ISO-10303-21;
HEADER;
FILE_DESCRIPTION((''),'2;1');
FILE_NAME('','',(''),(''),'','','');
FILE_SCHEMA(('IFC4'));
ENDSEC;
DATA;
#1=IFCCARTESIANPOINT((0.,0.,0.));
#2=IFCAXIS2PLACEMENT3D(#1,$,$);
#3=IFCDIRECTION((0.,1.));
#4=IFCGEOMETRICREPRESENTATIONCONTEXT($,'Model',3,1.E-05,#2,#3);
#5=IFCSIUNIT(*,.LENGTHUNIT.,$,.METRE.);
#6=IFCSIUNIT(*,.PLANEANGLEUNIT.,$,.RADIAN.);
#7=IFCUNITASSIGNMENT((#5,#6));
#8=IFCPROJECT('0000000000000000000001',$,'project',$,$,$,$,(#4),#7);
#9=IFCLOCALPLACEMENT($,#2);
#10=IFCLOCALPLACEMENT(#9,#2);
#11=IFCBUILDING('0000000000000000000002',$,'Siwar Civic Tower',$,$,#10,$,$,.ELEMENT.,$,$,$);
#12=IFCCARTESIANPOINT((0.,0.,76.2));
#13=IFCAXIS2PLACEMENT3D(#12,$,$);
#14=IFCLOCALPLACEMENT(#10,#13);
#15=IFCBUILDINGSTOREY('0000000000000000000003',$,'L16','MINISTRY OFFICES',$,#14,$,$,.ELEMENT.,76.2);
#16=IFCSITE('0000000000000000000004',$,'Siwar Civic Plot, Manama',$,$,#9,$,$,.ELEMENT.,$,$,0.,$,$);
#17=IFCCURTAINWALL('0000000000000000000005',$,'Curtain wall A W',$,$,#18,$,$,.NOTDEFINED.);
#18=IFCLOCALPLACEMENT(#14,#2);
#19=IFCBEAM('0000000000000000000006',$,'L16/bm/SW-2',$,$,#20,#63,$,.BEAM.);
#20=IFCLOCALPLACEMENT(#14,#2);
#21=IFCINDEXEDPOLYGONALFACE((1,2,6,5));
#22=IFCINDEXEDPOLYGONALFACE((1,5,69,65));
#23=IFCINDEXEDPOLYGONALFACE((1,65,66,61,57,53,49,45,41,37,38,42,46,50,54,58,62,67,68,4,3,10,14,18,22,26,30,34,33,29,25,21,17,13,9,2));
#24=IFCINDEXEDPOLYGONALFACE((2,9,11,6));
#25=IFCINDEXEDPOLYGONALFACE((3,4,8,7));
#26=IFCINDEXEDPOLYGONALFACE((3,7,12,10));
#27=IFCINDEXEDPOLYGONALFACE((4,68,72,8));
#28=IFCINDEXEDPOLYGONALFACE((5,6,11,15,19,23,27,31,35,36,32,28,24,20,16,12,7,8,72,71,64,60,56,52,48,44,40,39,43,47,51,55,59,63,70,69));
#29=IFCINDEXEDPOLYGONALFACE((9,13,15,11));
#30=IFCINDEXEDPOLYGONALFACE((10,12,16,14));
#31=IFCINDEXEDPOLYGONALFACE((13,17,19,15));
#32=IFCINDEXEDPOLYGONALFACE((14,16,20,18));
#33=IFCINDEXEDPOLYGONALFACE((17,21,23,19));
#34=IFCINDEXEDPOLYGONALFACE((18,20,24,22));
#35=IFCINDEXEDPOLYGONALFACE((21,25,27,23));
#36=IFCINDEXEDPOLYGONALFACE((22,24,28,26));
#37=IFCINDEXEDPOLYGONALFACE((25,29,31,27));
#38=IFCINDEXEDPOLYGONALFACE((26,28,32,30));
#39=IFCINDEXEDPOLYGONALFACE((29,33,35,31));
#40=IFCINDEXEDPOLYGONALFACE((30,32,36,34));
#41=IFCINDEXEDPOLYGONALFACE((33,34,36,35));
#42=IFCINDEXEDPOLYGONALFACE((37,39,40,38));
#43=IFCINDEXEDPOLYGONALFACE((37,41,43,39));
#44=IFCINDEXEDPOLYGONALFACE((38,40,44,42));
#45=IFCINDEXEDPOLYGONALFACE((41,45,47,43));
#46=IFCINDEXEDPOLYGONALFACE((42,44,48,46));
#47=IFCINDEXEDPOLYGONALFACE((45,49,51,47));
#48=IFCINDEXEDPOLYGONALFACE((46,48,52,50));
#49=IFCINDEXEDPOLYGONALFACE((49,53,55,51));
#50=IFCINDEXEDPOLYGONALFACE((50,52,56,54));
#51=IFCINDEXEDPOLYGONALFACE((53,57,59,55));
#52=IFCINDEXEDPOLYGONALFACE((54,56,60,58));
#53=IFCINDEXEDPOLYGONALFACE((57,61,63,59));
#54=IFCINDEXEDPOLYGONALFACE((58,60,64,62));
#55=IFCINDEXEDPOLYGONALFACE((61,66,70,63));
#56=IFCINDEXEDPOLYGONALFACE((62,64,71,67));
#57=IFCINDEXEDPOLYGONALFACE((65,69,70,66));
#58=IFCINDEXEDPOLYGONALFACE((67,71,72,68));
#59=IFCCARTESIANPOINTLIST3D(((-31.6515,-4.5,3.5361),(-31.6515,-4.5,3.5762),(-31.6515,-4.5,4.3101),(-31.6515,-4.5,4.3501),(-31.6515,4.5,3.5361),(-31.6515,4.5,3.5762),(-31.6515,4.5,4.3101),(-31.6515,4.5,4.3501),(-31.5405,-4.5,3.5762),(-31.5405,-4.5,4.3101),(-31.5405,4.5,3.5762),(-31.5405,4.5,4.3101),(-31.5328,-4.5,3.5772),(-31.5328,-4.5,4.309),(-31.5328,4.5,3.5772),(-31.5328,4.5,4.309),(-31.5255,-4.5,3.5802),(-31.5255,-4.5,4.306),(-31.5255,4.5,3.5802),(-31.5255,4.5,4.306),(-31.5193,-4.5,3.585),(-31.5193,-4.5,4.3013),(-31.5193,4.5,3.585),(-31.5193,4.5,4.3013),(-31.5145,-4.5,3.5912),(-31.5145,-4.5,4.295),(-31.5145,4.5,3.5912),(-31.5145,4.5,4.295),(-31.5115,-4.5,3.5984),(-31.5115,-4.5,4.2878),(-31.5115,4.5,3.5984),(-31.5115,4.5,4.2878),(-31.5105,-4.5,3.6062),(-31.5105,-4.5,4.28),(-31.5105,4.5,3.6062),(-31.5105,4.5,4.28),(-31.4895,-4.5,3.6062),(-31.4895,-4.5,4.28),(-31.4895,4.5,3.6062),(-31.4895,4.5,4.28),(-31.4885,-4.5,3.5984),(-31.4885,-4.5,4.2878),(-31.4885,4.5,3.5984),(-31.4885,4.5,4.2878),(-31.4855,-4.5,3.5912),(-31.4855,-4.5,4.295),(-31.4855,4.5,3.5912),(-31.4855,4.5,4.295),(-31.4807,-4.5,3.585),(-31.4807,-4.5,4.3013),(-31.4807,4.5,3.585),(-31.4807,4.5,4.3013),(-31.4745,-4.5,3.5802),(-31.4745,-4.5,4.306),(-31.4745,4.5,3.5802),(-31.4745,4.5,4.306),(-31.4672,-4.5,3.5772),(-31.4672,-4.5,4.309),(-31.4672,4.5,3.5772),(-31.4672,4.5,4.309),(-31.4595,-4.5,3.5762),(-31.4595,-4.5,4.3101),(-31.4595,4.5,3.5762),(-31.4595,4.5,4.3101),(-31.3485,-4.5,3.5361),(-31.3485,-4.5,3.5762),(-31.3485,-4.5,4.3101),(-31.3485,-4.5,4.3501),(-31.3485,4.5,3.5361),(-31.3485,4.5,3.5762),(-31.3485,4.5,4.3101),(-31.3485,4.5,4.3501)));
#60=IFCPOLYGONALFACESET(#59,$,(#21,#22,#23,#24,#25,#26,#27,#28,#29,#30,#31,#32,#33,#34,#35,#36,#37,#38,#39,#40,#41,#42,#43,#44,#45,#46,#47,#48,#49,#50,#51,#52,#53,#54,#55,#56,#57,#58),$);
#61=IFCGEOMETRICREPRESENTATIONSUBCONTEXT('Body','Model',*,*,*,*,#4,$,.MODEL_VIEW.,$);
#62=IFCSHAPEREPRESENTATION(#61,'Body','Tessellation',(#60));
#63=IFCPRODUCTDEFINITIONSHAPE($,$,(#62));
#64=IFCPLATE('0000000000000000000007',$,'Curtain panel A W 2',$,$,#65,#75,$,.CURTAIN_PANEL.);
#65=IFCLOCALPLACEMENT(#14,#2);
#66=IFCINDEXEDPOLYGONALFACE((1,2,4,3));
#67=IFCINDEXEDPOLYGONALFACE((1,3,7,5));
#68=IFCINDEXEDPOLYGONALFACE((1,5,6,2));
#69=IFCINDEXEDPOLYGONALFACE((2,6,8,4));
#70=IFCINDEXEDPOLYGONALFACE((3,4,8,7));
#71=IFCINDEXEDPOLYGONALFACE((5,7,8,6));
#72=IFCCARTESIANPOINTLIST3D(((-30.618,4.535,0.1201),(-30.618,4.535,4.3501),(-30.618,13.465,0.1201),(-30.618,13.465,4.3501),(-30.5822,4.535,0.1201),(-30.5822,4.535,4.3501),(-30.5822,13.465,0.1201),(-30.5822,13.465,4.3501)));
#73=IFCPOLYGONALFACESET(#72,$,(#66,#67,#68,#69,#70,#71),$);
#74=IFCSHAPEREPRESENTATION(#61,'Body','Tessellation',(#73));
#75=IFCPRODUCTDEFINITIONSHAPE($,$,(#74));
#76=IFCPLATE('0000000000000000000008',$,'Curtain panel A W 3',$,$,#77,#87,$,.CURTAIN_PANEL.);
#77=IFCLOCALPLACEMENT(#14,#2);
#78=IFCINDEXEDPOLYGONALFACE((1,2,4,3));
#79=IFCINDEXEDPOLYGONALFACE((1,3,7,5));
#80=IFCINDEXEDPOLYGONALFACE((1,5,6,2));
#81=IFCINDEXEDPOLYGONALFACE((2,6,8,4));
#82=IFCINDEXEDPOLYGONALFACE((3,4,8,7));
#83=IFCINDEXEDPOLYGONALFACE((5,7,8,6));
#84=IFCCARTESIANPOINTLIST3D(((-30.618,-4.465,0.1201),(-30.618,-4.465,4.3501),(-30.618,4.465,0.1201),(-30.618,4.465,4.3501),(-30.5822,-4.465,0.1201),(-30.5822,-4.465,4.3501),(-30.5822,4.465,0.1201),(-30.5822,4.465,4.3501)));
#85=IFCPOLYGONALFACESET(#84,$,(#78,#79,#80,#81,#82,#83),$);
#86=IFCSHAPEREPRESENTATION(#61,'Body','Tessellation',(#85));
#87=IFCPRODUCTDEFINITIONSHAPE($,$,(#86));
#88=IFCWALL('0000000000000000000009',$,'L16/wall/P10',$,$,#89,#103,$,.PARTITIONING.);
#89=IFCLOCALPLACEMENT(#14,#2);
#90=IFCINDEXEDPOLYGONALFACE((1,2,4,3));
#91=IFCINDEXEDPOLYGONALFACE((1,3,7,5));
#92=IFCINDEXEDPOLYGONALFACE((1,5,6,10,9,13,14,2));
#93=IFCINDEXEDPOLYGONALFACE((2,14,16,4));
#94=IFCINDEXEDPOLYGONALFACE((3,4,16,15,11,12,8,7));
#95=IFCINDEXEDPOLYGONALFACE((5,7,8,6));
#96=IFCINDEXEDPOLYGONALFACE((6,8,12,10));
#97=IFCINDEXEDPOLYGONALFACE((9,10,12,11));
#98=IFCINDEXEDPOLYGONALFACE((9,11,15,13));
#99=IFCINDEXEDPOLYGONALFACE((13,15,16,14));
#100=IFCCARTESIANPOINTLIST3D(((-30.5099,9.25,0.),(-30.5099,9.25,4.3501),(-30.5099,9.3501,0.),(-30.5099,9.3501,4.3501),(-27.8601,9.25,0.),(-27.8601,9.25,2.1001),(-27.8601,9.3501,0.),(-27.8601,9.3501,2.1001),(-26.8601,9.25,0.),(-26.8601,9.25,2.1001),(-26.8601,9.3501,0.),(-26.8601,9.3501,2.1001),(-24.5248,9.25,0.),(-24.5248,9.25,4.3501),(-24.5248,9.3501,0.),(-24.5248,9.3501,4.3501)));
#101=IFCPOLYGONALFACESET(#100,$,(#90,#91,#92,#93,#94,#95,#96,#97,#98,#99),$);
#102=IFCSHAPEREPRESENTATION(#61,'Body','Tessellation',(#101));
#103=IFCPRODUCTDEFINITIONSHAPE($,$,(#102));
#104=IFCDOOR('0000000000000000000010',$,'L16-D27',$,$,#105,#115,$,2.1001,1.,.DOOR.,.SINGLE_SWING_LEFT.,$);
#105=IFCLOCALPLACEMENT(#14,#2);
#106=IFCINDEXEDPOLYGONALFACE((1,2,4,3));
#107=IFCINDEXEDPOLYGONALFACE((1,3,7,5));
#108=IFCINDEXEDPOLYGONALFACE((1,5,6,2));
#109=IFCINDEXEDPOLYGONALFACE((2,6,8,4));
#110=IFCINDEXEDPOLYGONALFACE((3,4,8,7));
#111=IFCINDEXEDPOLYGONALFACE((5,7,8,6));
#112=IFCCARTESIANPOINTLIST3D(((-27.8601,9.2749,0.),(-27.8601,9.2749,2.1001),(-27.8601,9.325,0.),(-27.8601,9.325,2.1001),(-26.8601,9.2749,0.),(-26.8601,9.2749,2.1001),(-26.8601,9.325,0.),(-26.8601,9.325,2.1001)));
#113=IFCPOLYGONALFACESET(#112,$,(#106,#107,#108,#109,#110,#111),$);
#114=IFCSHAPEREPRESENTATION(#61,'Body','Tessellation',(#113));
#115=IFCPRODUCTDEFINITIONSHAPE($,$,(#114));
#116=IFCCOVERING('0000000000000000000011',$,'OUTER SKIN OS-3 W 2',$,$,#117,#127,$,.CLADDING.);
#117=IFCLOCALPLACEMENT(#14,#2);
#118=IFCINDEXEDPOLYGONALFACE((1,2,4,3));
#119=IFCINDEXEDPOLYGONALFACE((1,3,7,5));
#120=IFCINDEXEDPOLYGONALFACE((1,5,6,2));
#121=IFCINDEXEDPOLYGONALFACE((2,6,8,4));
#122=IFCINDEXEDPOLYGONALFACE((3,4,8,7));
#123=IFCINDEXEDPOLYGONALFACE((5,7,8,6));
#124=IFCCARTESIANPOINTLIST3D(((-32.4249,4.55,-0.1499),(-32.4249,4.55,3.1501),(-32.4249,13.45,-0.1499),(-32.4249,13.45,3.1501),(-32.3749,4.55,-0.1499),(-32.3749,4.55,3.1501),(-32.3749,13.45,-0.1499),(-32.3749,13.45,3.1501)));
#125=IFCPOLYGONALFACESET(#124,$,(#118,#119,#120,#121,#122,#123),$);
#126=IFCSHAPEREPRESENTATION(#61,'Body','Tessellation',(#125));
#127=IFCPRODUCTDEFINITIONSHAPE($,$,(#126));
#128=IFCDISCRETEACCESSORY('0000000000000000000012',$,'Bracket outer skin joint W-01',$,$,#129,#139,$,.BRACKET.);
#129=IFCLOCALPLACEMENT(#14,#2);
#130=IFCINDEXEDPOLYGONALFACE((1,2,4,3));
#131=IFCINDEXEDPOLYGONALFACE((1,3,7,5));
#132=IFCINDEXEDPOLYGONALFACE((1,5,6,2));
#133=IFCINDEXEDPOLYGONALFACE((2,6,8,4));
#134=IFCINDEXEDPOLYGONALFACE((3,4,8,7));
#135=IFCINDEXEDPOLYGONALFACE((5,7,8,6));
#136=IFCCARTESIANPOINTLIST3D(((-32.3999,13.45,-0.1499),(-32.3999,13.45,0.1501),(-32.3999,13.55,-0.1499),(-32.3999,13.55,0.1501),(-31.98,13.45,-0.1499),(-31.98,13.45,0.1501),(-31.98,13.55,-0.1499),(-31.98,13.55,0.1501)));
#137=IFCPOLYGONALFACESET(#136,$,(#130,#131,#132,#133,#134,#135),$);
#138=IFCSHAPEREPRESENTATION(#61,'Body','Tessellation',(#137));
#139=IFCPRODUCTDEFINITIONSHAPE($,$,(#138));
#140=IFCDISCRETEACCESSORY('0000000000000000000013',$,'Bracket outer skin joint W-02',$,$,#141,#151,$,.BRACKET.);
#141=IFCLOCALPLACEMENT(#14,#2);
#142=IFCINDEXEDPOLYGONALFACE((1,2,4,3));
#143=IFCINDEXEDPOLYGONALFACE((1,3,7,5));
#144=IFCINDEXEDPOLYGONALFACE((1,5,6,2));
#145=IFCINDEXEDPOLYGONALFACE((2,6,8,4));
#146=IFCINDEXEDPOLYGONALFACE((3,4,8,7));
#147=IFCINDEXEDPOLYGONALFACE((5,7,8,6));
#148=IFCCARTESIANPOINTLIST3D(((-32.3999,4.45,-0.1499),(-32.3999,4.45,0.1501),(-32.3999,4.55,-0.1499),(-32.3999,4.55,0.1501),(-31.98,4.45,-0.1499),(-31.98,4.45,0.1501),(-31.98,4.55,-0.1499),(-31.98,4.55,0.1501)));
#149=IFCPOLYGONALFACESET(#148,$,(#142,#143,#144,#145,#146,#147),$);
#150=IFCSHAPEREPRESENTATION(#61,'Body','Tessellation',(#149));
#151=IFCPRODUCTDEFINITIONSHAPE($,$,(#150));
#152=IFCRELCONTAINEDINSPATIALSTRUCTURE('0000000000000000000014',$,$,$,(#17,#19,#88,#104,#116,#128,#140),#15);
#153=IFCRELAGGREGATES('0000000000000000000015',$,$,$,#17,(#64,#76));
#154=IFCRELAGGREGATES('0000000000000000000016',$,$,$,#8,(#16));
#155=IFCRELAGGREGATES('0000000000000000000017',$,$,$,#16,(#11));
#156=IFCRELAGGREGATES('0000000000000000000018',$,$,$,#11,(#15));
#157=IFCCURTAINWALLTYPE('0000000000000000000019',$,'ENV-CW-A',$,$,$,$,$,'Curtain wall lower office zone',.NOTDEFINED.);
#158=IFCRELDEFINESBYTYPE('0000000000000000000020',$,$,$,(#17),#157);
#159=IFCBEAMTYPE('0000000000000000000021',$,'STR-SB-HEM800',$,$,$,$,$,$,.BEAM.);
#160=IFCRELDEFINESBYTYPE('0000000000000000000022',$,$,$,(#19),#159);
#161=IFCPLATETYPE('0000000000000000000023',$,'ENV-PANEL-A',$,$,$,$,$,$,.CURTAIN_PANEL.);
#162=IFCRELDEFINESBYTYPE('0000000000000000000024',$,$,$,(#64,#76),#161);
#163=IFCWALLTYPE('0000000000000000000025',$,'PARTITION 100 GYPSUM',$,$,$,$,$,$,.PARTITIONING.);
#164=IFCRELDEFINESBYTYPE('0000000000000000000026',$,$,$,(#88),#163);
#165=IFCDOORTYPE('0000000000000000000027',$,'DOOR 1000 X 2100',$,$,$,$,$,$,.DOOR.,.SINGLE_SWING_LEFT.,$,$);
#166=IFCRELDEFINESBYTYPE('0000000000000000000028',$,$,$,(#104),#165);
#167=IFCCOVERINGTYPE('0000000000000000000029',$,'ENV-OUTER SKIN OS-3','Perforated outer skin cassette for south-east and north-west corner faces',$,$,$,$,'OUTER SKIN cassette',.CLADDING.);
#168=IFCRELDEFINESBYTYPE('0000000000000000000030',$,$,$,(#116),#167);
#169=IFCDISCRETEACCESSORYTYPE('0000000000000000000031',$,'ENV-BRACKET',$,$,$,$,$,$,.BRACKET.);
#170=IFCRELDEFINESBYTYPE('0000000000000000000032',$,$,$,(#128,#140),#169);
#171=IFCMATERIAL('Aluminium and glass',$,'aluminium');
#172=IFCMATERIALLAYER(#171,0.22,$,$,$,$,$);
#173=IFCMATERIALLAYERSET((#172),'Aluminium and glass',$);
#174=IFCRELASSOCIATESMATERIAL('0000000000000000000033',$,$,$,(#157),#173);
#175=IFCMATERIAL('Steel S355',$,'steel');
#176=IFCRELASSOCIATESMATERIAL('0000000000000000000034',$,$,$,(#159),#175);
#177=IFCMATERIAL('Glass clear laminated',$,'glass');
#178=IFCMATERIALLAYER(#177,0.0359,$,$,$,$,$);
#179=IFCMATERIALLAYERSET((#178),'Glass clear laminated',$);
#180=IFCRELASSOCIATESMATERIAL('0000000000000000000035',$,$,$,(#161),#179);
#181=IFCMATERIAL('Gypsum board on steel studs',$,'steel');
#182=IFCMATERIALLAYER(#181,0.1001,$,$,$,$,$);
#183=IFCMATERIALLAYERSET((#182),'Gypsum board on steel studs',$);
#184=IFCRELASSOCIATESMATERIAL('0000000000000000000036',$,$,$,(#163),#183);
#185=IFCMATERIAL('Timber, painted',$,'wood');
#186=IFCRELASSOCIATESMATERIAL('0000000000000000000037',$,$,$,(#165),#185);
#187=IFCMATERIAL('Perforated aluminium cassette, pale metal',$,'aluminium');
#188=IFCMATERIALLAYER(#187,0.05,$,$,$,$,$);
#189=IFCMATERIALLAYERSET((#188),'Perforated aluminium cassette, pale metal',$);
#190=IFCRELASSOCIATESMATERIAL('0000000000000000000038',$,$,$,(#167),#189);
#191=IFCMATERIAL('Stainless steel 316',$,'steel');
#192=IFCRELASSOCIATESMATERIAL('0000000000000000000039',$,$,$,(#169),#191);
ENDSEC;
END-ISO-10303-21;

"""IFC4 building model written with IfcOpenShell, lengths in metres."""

from ifc_helpers import new_model, si_unit, direction, frame, frame_2d, origin, origin_2d, place, context, subcontext, project, spatial, rectangle, i_section, extrude, material, layer, layer_set, material_profile, profile_set, type_object, element, fill, aggregate, save


model = new_model("IFC4")

# Units and contexts
model_context = context("Model", 3, precision=1e-05, world=origin(), true_north=direction((0.0, 1.0)))
body_context = subcontext(model_context, "Body", "Model", "MODEL_VIEW")
ifc_project = project(units=[si_unit("LENGTHUNIT", "METRE"), si_unit("PLANEANGLEUNIT", "RADIAN")], contexts=[model_context])

# Site, building, storey
site_placement = place(None, origin())
site = spatial("IfcSite", under=ifc_project, at=site_placement, Name="Siwar Civic Plot, Manama", CompositionType="ELEMENT", RefElevation=0.0)
building_placement = place(site_placement, origin())
building = spatial("IfcBuilding", under=site, at=building_placement, Name="Siwar Civic Tower", CompositionType="ELEMENT")
storey_placement = place(building_placement, frame((0.0, 0.0, 76.2)))
storey = spatial("IfcBuildingStorey", under=building, at=storey_placement, Name="L16", Description="MINISTRY OFFICES", CompositionType="ELEMENT", Elevation=76.2)

# Curtain wall
ifc_material_1 = material(Name="Aluminium and glass", Category="aluminium")
ifc_layer_1 = layer(ifc_material_1, 0.22)
ifc_layer_set_1 = layer_set([ifc_layer_1], Name="Aluminium and glass")
curtain_wall_type = type_object("IfcCurtainWallType", Name="ENV-CW-A", ElementType="Curtain wall lower office zone", PredefinedType="NOTDEFINED", material=ifc_layer_set_1)
curtain_wall_placement = place(storey_placement, origin())
curtain_wall = element("IfcCurtainWall", 1, at=curtain_wall_placement, inside=storey, type_object=curtain_wall_type, Name="Curtain wall A W", PredefinedType="NOTDEFINED")

# Beam
ifc_material_2 = material(Name="Steel S355", Category="steel")
ifc_material_profile_1 = material_profile(ifc_material_2, i_section(OverallWidth=0.303, OverallDepth=0.814, WebThickness=0.021, FlangeThickness=0.04, FilletRadius=0.03, at=origin_2d()), Name="HEM800")
ifc_profile_set_1 = profile_set([ifc_material_profile_1], Name="Steel S355")
beam_type_1 = type_object("IfcBeamType", Name="STR-SB-HEM800", PredefinedType="BEAM", material=ifc_profile_set_1)
beam_placement = place(storey_placement, frame((-31.5, 4.5, 3.9431), z_axis=(0.0, -1.0, 0.0), x_axis=(1.0, 0.0, 0.0)))
element("IfcBeam", 2, at=beam_placement, inside=storey, type_object=beam_type_1, Name="L16/bm/SW-2", PredefinedType="BEAM", context=body_context, shape_type="SweptSolid", body=[
    extrude(i_section(OverallWidth=0.303, OverallDepth=0.814, WebThickness=0.021, FlangeThickness=0.04, FilletRadius=0.03, at=origin_2d()), origin(), (0.0, 0.0, 1.0), 9.0),
])

# Plates
ifc_material_3 = material(Name="Glass clear laminated", Category="glass")
ifc_layer_2 = layer(ifc_material_3, 0.0359)
ifc_layer_set_2 = layer_set([ifc_layer_2], Name="Glass clear laminated")
plate_type = type_object("IfcPlateType", Name="ENV-PANEL-A", PredefinedType="CURTAIN_PANEL", material=ifc_layer_set_2)
plate_1_placement = place(storey_placement, frame((-30.6001, 9.0, 0.1201), z_axis=(0.0, 0.0, 1.0), x_axis=(0.0, -1.0, 0.0)))
plate_1 = element("IfcPlate", 3, at=plate_1_placement, type_object=plate_type, Name="Curtain panel A W 2", PredefinedType="CURTAIN_PANEL", context=body_context, shape_type="SweptSolid", body=[
    extrude(rectangle(XDim=8.9299, YDim=0.0359, at=origin_2d()), origin(), (0.0, 0.0, 1.0), 4.23),
])
plate_2_placement = place(storey_placement, frame((-30.6001, 0.0, 0.1201), z_axis=(0.0, 0.0, 1.0), x_axis=(0.0, -1.0, 0.0)))
plate_2 = element("IfcPlate", 4, at=plate_2_placement, type_object=plate_type, Name="Curtain panel A W 3", PredefinedType="CURTAIN_PANEL", context=body_context, shape_type="SweptSolid", body=[
    extrude(rectangle(XDim=8.9299, YDim=0.0359, at=origin_2d()), origin(), (0.0, 0.0, 1.0), 4.23),
])
aggregate(curtain_wall, [plate_1, plate_2])

# Wall, opening, door
ifc_material_4 = material(Name="Gypsum board on steel studs", Category="steel")
ifc_layer_3 = layer(ifc_material_4, 0.1001)
ifc_layer_set_3 = layer_set([ifc_layer_3], Name="Gypsum board on steel studs")
wall_type = type_object("IfcWallType", Name="PARTITION 100 GYPSUM", PredefinedType="PARTITIONING", material=ifc_layer_set_3)
wall_placement = place(storey_placement, frame((-30.51, 9.3, 0.0), z_axis=(0.0, 0.0, 1.0), x_axis=(1.0, 0.0, 0.0)))
wall = element("IfcWall", 5, at=wall_placement, inside=storey, type_object=wall_type, Name="L16/wall/P10", PredefinedType="PARTITIONING", context=body_context, shape_type="SweptSolid", body=[
    extrude(rectangle(XDim=5.9851, YDim=0.1001, at=frame_2d((2.9927, 0.0))), origin(), (0.0, 0.0, 1.0), 4.3501),
])
opening_placement = place(wall_placement, frame((2.6499, 0.0, 0.0)))
opening = element("IfcOpeningElement", 6, at=opening_placement, cuts=wall, PredefinedType="OPENING", context=body_context, shape_type="SweptSolid", body=[
    extrude(rectangle(XDim=1.0, YDim=2.1001, at=frame_2d((0.5, 1.05))), frame((0.0, 0.0601, 0.0), z_axis=(0.0, -1.0, 0.0), x_axis=(1.0, 0.0, 0.0)), (0.0, 0.0, 1.0), 0.1201),
])
ifc_material_5 = material(Name="Timber, painted", Category="wood")
door_type = type_object("IfcDoorType", Name="DOOR 1000 X 2100", OperationType="SINGLE_SWING_LEFT", PredefinedType="DOOR", material=ifc_material_5)
door_placement = place(opening_placement, origin())
door = element("IfcDoor", 7, at=door_placement, inside=storey, type_object=door_type, Name="L16-D27", OperationType="SINGLE_SWING_LEFT", OverallHeight=2.1001, OverallWidth=1.0, PredefinedType="DOOR", context=body_context, shape_type="SweptSolid", body=[
    extrude(rectangle(XDim=1.0, YDim=2.1001, at=frame_2d((0.5, 1.05))), frame((0.0, 0.0249, 0.0), z_axis=(0.0, -1.0, 0.0), x_axis=(1.0, 0.0, 0.0)), (0.0, 0.0, 1.0), 0.05),
])
fill(opening, door)

# Covering
ifc_material_6 = material(Name="Perforated aluminium cassette, pale metal", Category="aluminium")
ifc_layer_4 = layer(ifc_material_6, 0.05)
ifc_layer_set_4 = layer_set([ifc_layer_4], Name="Perforated aluminium cassette, pale metal")
covering_type = type_object("IfcCoveringType", Name="ENV-OUTER SKIN OS-3", Description="Perforated outer skin cassette for south-east and north-west corner faces", ElementType="OUTER SKIN cassette", PredefinedType="CLADDING", material=ifc_layer_set_4)
covering_placement = place(storey_placement, frame((-32.3999, 9.0, -0.1499), z_axis=(0.0, 0.0, 1.0), x_axis=(0.0, -1.0, 0.0)))
element("IfcCovering", 8, at=covering_placement, inside=storey, type_object=covering_type, Name="OUTER SKIN OS-3 W 2", PredefinedType="CLADDING", context=body_context, shape_type="SweptSolid", body=[
    extrude(rectangle(XDim=8.8999, YDim=0.05, at=origin_2d()), origin(), (0.0, 0.0, 1.0), 3.3),
])

# Discrete accessories
ifc_material_7 = material(Name="Stainless steel 316", Category="steel")
discrete_accessory_type = type_object("IfcDiscreteAccessoryType", Name="ENV-BRACKET", PredefinedType="BRACKET", material=ifc_material_7)
for number, where, z_axis, x_axis, name in (
    (9, (-32.1899, 13.5, -0.1499), (0.0, 0.0, 1.0), (-1.0, 0.0, 0.0), "Bracket outer skin joint W-01"),
    (10, (-32.1899, 4.5, -0.1499), (0.0, 0.0, 1.0), (-1.0, 0.0, 0.0), "Bracket outer skin joint W-02"),
):
    element("IfcDiscreteAccessory", number, at=place(storey_placement, frame(where, z_axis=z_axis, x_axis=x_axis)), inside=storey, type_object=discrete_accessory_type, Name=name, PredefinedType="BRACKET", context=body_context, shape_type="SweptSolid", body=[
        extrude(rectangle(XDim=0.4199, YDim=0.1001, at=origin_2d()), origin(), (0.0, 0.0, 1.0), 0.3),
    ])

save(model, "model.ifc")
